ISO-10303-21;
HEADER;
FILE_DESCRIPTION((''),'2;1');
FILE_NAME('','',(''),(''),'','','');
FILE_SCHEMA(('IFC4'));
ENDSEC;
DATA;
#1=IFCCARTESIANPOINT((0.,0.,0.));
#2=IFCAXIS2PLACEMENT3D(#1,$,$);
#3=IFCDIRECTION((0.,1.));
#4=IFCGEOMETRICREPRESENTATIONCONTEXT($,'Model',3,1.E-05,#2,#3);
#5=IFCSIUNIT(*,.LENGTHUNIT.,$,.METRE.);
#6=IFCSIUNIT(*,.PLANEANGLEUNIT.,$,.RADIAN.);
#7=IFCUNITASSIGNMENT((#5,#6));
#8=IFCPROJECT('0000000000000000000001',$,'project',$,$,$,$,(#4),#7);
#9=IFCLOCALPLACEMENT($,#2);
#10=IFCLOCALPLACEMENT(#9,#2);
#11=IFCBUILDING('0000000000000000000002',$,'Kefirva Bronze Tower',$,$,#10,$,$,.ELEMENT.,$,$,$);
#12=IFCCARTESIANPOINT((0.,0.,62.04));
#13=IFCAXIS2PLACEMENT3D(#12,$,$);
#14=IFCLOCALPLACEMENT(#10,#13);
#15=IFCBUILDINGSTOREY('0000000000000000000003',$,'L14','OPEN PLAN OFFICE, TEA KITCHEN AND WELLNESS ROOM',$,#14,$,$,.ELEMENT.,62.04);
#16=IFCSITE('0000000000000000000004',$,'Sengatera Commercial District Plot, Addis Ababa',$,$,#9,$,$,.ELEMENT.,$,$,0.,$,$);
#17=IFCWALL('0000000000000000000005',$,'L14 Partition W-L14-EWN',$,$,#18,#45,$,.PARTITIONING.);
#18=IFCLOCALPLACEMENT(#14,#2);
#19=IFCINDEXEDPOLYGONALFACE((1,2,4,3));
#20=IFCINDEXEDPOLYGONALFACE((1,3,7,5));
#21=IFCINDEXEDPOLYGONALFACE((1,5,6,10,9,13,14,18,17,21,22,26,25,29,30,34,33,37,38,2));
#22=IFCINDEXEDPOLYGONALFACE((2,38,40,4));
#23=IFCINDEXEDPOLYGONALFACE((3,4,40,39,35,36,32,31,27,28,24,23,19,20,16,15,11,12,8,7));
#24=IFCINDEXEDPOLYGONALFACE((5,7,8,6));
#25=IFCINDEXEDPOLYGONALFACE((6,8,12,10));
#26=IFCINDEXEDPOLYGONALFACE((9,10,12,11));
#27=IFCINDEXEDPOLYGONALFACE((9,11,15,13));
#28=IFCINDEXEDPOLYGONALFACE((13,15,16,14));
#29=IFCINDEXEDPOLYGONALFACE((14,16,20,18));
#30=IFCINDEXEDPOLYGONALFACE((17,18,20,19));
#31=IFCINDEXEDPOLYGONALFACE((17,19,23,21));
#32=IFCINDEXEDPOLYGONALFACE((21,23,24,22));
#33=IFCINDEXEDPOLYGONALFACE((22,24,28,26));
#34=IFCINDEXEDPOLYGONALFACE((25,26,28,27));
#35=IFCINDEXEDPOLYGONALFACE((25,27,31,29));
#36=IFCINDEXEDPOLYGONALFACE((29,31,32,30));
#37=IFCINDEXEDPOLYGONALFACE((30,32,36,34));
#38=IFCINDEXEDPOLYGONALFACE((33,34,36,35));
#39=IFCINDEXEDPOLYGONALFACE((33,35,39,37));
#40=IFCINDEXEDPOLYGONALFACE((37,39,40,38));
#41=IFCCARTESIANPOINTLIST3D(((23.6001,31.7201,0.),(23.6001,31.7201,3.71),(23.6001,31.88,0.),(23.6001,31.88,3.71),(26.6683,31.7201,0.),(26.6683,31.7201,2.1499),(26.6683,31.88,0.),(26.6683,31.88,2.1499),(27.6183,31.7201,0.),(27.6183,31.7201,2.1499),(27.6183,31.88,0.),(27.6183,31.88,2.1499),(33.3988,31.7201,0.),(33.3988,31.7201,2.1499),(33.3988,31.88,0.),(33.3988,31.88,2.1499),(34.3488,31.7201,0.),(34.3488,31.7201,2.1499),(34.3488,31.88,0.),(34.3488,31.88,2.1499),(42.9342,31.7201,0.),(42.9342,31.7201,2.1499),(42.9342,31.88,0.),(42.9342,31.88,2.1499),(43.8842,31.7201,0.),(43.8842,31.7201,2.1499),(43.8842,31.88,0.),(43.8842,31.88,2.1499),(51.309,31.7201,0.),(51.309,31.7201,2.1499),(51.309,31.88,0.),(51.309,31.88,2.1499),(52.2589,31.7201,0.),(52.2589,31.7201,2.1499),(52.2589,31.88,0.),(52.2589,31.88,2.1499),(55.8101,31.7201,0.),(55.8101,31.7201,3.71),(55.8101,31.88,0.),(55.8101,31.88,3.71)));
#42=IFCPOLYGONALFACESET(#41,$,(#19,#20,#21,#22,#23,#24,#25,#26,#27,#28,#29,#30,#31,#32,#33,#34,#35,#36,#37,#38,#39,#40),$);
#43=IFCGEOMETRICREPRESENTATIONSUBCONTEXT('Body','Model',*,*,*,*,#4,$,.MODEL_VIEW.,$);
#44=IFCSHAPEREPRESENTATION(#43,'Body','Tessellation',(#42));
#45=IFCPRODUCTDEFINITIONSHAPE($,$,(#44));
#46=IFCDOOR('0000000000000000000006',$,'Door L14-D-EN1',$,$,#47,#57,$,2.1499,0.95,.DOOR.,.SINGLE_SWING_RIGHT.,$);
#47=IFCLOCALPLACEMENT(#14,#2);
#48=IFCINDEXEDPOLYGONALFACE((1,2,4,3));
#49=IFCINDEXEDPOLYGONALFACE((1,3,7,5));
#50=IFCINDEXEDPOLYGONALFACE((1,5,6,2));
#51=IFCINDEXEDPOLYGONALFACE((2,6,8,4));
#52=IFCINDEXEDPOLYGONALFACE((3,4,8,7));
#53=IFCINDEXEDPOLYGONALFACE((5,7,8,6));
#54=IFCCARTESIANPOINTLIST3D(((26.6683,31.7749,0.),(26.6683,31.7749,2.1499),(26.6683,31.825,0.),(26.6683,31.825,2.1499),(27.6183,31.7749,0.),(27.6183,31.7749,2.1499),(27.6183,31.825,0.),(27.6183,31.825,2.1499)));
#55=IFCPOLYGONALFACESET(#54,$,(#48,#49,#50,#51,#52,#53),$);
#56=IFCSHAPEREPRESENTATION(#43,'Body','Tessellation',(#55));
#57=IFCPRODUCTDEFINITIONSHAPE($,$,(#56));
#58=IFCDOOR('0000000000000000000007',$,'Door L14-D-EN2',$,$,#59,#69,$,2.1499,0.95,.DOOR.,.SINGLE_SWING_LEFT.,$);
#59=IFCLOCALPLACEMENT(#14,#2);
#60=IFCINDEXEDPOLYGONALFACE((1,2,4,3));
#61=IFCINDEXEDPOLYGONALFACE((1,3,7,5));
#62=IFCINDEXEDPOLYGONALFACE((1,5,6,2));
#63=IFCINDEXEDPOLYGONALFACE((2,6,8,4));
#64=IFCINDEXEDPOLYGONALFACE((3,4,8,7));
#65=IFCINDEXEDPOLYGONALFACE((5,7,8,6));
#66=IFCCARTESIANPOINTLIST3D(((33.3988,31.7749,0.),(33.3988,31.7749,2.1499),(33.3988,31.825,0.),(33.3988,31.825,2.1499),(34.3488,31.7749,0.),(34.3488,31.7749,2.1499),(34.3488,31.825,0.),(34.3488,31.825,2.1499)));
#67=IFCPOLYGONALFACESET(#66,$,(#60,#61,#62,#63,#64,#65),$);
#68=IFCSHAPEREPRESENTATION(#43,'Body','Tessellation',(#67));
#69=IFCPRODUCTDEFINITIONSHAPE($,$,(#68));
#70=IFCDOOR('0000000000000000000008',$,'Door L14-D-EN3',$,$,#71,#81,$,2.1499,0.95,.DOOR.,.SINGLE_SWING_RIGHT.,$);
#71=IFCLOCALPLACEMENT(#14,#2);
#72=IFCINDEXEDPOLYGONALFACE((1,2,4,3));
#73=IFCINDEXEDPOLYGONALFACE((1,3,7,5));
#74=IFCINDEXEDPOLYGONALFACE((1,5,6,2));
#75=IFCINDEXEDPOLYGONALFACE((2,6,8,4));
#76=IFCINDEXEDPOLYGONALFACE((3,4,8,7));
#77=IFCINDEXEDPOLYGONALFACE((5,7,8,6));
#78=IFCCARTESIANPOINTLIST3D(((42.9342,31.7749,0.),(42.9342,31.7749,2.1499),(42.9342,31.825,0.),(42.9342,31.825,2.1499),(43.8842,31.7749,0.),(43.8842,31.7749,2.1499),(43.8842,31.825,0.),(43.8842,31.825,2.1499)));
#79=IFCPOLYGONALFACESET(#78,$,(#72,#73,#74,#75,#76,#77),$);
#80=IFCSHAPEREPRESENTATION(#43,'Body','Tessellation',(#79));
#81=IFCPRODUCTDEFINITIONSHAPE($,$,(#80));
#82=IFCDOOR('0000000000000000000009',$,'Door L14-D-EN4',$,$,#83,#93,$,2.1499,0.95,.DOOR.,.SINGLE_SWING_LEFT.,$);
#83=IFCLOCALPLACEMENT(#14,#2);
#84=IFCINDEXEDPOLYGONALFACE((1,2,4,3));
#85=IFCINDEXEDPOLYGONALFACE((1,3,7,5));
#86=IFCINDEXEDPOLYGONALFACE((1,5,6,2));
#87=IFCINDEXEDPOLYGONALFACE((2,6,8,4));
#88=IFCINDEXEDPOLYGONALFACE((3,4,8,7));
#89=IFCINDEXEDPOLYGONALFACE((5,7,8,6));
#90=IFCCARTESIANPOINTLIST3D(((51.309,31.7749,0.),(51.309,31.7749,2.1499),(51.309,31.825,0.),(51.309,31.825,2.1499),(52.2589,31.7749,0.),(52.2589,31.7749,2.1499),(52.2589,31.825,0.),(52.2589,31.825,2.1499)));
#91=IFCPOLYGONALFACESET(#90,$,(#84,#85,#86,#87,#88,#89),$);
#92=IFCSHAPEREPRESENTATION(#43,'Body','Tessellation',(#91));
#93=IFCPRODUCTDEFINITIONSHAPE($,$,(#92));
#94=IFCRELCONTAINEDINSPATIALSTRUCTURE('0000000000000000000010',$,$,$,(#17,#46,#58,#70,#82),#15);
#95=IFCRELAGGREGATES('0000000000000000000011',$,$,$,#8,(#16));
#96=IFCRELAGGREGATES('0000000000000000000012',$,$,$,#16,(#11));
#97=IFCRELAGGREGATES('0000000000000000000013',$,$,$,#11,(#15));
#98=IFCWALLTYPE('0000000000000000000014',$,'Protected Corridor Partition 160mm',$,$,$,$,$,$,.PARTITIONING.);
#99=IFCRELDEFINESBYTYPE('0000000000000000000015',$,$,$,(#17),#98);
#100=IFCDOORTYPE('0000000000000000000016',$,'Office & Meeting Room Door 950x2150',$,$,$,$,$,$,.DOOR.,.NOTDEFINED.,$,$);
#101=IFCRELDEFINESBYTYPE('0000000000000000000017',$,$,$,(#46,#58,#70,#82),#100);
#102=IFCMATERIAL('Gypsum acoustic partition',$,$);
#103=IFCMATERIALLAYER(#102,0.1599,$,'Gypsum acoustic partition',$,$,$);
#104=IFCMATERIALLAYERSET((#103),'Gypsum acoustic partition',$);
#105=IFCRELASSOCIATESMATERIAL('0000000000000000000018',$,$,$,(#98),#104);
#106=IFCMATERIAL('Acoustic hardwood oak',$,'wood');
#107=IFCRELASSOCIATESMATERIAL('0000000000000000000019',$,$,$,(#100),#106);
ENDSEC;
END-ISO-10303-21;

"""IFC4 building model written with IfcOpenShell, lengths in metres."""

from ifc_helpers import new_model, si_unit, direction, frame, frame_2d, origin, place, context, subcontext, project, spatial, rectangle, extrude, material, layer, layer_set, type_object, element, fill, save


model = new_model("IFC4")

# Units and contexts
model_context = context("Model", 3, precision=1e-05, world=origin(), true_north=direction((0.0, 1.0)))
body_context = subcontext(model_context, "Body", "Model", "MODEL_VIEW")
ifc_project = project(units=[si_unit("LENGTHUNIT", "METRE"), si_unit("PLANEANGLEUNIT", "RADIAN")], contexts=[model_context])

# Site, building, storey
site_placement = place(None, origin())
site = spatial("IfcSite", under=ifc_project, at=site_placement, Name="Sengatera Commercial District Plot, Addis Ababa", CompositionType="ELEMENT", RefElevation=0.0)
building_placement = place(site_placement, origin())
building = spatial("IfcBuilding", under=site, at=building_placement, Name="Kefirva Bronze Tower", CompositionType="ELEMENT")
storey_placement = place(building_placement, frame((0.0, 0.0, 62.04)))
storey = spatial("IfcBuildingStorey", under=building, at=storey_placement, Name="L14", Description="OPEN PLAN OFFICE, TEA KITCHEN AND WELLNESS ROOM", CompositionType="ELEMENT", Elevation=62.04)

# Shared definitions
ifc_material_1 = material(Name="Gypsum acoustic partition")

# Wall, openings, doors
ifc_layer_1 = layer(ifc_material_1, 0.1599, Name="Gypsum acoustic partition")
ifc_layer_set_1 = layer_set([ifc_layer_1], Name="Gypsum acoustic partition")
wall_type_1 = type_object("IfcWallType", Name="Protected Corridor Partition 160mm", PredefinedType="PARTITIONING", material=ifc_layer_set_1)
ifc_material_2 = material(Name="Acoustic hardwood oak", Category="wood")
door_type = type_object("IfcDoorType", Name="Office & Meeting Room Door 950x2150", OperationType="NOTDEFINED", PredefinedType="DOOR", material=ifc_material_2)
wall_1_placement = place(storey_placement, frame((23.6001, 31.8, 0.0), z_axis=(0.0, 0.0, 1.0), x_axis=(1.0, 0.0, 0.0)))
wall_1 = element("IfcWall", 1, at=wall_1_placement, inside=storey, type_object=wall_type_1, Name="L14 Partition W-L14-EWN", PredefinedType="PARTITIONING", context=body_context, shape_type="SweptSolid", body=[
    extrude(rectangle(XDim=32.21, YDim=0.1599, at=frame_2d((16.105, 0.0))), origin(), (0.0, 0.0, 1.0), 3.71),
])
opening_1_placement = place(wall_1_placement, frame((3.0681, 0.0, 0.0)))
opening_1 = element("IfcOpeningElement", 2, at=opening_1_placement, cuts=wall_1, PredefinedType="OPENING", context=body_context, shape_type="SweptSolid", body=[
    extrude(rectangle(XDim=0.95, YDim=2.1499, at=frame_2d((0.4751, 1.075))), frame((0.0, 0.0898, 0.0), z_axis=(0.0, -1.0, 0.0), x_axis=(1.0, 0.0, 0.0)), (0.0, 0.0, 1.0), 0.1799),
])
opening_2_placement = place(wall_1_placement, frame((9.7986, 0.0, 0.0)))
opening_2 = element("IfcOpeningElement", 3, at=opening_2_placement, cuts=wall_1, PredefinedType="OPENING", context=body_context, shape_type="SweptSolid", body=[
    extrude(rectangle(XDim=0.95, YDim=2.1499, at=frame_2d((0.4751, 1.075))), frame((0.0, 0.0898, 0.0), z_axis=(0.0, -1.0, 0.0), x_axis=(1.0, 0.0, 0.0)), (0.0, 0.0, 1.0), 0.1799),
])
opening_3_placement = place(wall_1_placement, frame((19.334, 0.0, 0.0)))
opening_3 = element("IfcOpeningElement", 4, at=opening_3_placement, cuts=wall_1, PredefinedType="OPENING", context=body_context, shape_type="SweptSolid", body=[
    extrude(rectangle(XDim=0.95, YDim=2.1499, at=frame_2d((0.4751, 1.075))), frame((0.0, 0.0898, 0.0), z_axis=(0.0, -1.0, 0.0), x_axis=(1.0, 0.0, 0.0)), (0.0, 0.0, 1.0), 0.1799),
])
opening_4_placement = place(wall_1_placement, frame((27.7087, 0.0, 0.0)))
opening_4 = element("IfcOpeningElement", 5, at=opening_4_placement, cuts=wall_1, PredefinedType="OPENING", context=body_context, shape_type="SweptSolid", body=[
    extrude(rectangle(XDim=0.95, YDim=2.1499, at=frame_2d((0.4751, 1.075))), frame((0.0, 0.0898, 0.0), z_axis=(0.0, -1.0, 0.0), x_axis=(1.0, 0.0, 0.0)), (0.0, 0.0, 1.0), 0.1799),
])
door_1_placement = place(opening_1_placement, origin())
door_1 = element("IfcDoor", 6, at=door_1_placement, inside=storey, type_object=door_type, Name="Door L14-D-EN1", OperationType="SINGLE_SWING_RIGHT", OverallHeight=2.1499, OverallWidth=0.95, PredefinedType="DOOR", context=body_context, shape_type="SweptSolid", body=[
    extrude(rectangle(XDim=0.95, YDim=2.1499, at=frame_2d((0.4751, 1.075))), frame((0.0, 0.0249, 0.0), z_axis=(0.0, -1.0, 0.0), x_axis=(1.0, 0.0, 0.0)), (0.0, 0.0, 1.0), 0.05),
])
fill(opening_1, door_1)
door_2_placement = place(opening_2_placement, origin())
door_2 = element("IfcDoor", 7, at=door_2_placement, inside=storey, type_object=door_type, Name="Door L14-D-EN2", OperationType="SINGLE_SWING_LEFT", OverallHeight=2.1499, OverallWidth=0.95, PredefinedType="DOOR", context=body_context, shape_type="SweptSolid", body=[
    extrude(rectangle(XDim=0.95, YDim=2.1499, at=frame_2d((0.4751, 1.075))), frame((0.0, 0.0249, 0.0), z_axis=(0.0, -1.0, 0.0), x_axis=(1.0, 0.0, 0.0)), (0.0, 0.0, 1.0), 0.05),
])
fill(opening_2, door_2)
door_3_placement = place(opening_3_placement, origin())
door_3 = element("IfcDoor", 8, at=door_3_placement, inside=storey, type_object=door_type, Name="Door L14-D-EN3", OperationType="SINGLE_SWING_RIGHT", OverallHeight=2.1499, OverallWidth=0.95, PredefinedType="DOOR", context=body_context, shape_type="SweptSolid", body=[
    extrude(rectangle(XDim=0.95, YDim=2.1499, at=frame_2d((0.4751, 1.075))), frame((0.0, 0.0249, 0.0), z_axis=(0.0, -1.0, 0.0), x_axis=(1.0, 0.0, 0.0)), (0.0, 0.0, 1.0), 0.05),
])
fill(opening_3, door_3)
door_4_placement = place(opening_4_placement, origin())
door_4 = element("IfcDoor", 9, at=door_4_placement, inside=storey, type_object=door_type, Name="Door L14-D-EN4", OperationType="SINGLE_SWING_LEFT", OverallHeight=2.1499, OverallWidth=0.95, PredefinedType="DOOR", context=body_context, shape_type="SweptSolid", body=[
    extrude(rectangle(XDim=0.95, YDim=2.1499, at=frame_2d((0.4751, 1.075))), frame((0.0, 0.0249, 0.0), z_axis=(0.0, -1.0, 0.0), x_axis=(1.0, 0.0, 0.0)), (0.0, 0.0, 1.0), 0.05),
])
fill(opening_4, door_4)

save(model, "model.ifc")
